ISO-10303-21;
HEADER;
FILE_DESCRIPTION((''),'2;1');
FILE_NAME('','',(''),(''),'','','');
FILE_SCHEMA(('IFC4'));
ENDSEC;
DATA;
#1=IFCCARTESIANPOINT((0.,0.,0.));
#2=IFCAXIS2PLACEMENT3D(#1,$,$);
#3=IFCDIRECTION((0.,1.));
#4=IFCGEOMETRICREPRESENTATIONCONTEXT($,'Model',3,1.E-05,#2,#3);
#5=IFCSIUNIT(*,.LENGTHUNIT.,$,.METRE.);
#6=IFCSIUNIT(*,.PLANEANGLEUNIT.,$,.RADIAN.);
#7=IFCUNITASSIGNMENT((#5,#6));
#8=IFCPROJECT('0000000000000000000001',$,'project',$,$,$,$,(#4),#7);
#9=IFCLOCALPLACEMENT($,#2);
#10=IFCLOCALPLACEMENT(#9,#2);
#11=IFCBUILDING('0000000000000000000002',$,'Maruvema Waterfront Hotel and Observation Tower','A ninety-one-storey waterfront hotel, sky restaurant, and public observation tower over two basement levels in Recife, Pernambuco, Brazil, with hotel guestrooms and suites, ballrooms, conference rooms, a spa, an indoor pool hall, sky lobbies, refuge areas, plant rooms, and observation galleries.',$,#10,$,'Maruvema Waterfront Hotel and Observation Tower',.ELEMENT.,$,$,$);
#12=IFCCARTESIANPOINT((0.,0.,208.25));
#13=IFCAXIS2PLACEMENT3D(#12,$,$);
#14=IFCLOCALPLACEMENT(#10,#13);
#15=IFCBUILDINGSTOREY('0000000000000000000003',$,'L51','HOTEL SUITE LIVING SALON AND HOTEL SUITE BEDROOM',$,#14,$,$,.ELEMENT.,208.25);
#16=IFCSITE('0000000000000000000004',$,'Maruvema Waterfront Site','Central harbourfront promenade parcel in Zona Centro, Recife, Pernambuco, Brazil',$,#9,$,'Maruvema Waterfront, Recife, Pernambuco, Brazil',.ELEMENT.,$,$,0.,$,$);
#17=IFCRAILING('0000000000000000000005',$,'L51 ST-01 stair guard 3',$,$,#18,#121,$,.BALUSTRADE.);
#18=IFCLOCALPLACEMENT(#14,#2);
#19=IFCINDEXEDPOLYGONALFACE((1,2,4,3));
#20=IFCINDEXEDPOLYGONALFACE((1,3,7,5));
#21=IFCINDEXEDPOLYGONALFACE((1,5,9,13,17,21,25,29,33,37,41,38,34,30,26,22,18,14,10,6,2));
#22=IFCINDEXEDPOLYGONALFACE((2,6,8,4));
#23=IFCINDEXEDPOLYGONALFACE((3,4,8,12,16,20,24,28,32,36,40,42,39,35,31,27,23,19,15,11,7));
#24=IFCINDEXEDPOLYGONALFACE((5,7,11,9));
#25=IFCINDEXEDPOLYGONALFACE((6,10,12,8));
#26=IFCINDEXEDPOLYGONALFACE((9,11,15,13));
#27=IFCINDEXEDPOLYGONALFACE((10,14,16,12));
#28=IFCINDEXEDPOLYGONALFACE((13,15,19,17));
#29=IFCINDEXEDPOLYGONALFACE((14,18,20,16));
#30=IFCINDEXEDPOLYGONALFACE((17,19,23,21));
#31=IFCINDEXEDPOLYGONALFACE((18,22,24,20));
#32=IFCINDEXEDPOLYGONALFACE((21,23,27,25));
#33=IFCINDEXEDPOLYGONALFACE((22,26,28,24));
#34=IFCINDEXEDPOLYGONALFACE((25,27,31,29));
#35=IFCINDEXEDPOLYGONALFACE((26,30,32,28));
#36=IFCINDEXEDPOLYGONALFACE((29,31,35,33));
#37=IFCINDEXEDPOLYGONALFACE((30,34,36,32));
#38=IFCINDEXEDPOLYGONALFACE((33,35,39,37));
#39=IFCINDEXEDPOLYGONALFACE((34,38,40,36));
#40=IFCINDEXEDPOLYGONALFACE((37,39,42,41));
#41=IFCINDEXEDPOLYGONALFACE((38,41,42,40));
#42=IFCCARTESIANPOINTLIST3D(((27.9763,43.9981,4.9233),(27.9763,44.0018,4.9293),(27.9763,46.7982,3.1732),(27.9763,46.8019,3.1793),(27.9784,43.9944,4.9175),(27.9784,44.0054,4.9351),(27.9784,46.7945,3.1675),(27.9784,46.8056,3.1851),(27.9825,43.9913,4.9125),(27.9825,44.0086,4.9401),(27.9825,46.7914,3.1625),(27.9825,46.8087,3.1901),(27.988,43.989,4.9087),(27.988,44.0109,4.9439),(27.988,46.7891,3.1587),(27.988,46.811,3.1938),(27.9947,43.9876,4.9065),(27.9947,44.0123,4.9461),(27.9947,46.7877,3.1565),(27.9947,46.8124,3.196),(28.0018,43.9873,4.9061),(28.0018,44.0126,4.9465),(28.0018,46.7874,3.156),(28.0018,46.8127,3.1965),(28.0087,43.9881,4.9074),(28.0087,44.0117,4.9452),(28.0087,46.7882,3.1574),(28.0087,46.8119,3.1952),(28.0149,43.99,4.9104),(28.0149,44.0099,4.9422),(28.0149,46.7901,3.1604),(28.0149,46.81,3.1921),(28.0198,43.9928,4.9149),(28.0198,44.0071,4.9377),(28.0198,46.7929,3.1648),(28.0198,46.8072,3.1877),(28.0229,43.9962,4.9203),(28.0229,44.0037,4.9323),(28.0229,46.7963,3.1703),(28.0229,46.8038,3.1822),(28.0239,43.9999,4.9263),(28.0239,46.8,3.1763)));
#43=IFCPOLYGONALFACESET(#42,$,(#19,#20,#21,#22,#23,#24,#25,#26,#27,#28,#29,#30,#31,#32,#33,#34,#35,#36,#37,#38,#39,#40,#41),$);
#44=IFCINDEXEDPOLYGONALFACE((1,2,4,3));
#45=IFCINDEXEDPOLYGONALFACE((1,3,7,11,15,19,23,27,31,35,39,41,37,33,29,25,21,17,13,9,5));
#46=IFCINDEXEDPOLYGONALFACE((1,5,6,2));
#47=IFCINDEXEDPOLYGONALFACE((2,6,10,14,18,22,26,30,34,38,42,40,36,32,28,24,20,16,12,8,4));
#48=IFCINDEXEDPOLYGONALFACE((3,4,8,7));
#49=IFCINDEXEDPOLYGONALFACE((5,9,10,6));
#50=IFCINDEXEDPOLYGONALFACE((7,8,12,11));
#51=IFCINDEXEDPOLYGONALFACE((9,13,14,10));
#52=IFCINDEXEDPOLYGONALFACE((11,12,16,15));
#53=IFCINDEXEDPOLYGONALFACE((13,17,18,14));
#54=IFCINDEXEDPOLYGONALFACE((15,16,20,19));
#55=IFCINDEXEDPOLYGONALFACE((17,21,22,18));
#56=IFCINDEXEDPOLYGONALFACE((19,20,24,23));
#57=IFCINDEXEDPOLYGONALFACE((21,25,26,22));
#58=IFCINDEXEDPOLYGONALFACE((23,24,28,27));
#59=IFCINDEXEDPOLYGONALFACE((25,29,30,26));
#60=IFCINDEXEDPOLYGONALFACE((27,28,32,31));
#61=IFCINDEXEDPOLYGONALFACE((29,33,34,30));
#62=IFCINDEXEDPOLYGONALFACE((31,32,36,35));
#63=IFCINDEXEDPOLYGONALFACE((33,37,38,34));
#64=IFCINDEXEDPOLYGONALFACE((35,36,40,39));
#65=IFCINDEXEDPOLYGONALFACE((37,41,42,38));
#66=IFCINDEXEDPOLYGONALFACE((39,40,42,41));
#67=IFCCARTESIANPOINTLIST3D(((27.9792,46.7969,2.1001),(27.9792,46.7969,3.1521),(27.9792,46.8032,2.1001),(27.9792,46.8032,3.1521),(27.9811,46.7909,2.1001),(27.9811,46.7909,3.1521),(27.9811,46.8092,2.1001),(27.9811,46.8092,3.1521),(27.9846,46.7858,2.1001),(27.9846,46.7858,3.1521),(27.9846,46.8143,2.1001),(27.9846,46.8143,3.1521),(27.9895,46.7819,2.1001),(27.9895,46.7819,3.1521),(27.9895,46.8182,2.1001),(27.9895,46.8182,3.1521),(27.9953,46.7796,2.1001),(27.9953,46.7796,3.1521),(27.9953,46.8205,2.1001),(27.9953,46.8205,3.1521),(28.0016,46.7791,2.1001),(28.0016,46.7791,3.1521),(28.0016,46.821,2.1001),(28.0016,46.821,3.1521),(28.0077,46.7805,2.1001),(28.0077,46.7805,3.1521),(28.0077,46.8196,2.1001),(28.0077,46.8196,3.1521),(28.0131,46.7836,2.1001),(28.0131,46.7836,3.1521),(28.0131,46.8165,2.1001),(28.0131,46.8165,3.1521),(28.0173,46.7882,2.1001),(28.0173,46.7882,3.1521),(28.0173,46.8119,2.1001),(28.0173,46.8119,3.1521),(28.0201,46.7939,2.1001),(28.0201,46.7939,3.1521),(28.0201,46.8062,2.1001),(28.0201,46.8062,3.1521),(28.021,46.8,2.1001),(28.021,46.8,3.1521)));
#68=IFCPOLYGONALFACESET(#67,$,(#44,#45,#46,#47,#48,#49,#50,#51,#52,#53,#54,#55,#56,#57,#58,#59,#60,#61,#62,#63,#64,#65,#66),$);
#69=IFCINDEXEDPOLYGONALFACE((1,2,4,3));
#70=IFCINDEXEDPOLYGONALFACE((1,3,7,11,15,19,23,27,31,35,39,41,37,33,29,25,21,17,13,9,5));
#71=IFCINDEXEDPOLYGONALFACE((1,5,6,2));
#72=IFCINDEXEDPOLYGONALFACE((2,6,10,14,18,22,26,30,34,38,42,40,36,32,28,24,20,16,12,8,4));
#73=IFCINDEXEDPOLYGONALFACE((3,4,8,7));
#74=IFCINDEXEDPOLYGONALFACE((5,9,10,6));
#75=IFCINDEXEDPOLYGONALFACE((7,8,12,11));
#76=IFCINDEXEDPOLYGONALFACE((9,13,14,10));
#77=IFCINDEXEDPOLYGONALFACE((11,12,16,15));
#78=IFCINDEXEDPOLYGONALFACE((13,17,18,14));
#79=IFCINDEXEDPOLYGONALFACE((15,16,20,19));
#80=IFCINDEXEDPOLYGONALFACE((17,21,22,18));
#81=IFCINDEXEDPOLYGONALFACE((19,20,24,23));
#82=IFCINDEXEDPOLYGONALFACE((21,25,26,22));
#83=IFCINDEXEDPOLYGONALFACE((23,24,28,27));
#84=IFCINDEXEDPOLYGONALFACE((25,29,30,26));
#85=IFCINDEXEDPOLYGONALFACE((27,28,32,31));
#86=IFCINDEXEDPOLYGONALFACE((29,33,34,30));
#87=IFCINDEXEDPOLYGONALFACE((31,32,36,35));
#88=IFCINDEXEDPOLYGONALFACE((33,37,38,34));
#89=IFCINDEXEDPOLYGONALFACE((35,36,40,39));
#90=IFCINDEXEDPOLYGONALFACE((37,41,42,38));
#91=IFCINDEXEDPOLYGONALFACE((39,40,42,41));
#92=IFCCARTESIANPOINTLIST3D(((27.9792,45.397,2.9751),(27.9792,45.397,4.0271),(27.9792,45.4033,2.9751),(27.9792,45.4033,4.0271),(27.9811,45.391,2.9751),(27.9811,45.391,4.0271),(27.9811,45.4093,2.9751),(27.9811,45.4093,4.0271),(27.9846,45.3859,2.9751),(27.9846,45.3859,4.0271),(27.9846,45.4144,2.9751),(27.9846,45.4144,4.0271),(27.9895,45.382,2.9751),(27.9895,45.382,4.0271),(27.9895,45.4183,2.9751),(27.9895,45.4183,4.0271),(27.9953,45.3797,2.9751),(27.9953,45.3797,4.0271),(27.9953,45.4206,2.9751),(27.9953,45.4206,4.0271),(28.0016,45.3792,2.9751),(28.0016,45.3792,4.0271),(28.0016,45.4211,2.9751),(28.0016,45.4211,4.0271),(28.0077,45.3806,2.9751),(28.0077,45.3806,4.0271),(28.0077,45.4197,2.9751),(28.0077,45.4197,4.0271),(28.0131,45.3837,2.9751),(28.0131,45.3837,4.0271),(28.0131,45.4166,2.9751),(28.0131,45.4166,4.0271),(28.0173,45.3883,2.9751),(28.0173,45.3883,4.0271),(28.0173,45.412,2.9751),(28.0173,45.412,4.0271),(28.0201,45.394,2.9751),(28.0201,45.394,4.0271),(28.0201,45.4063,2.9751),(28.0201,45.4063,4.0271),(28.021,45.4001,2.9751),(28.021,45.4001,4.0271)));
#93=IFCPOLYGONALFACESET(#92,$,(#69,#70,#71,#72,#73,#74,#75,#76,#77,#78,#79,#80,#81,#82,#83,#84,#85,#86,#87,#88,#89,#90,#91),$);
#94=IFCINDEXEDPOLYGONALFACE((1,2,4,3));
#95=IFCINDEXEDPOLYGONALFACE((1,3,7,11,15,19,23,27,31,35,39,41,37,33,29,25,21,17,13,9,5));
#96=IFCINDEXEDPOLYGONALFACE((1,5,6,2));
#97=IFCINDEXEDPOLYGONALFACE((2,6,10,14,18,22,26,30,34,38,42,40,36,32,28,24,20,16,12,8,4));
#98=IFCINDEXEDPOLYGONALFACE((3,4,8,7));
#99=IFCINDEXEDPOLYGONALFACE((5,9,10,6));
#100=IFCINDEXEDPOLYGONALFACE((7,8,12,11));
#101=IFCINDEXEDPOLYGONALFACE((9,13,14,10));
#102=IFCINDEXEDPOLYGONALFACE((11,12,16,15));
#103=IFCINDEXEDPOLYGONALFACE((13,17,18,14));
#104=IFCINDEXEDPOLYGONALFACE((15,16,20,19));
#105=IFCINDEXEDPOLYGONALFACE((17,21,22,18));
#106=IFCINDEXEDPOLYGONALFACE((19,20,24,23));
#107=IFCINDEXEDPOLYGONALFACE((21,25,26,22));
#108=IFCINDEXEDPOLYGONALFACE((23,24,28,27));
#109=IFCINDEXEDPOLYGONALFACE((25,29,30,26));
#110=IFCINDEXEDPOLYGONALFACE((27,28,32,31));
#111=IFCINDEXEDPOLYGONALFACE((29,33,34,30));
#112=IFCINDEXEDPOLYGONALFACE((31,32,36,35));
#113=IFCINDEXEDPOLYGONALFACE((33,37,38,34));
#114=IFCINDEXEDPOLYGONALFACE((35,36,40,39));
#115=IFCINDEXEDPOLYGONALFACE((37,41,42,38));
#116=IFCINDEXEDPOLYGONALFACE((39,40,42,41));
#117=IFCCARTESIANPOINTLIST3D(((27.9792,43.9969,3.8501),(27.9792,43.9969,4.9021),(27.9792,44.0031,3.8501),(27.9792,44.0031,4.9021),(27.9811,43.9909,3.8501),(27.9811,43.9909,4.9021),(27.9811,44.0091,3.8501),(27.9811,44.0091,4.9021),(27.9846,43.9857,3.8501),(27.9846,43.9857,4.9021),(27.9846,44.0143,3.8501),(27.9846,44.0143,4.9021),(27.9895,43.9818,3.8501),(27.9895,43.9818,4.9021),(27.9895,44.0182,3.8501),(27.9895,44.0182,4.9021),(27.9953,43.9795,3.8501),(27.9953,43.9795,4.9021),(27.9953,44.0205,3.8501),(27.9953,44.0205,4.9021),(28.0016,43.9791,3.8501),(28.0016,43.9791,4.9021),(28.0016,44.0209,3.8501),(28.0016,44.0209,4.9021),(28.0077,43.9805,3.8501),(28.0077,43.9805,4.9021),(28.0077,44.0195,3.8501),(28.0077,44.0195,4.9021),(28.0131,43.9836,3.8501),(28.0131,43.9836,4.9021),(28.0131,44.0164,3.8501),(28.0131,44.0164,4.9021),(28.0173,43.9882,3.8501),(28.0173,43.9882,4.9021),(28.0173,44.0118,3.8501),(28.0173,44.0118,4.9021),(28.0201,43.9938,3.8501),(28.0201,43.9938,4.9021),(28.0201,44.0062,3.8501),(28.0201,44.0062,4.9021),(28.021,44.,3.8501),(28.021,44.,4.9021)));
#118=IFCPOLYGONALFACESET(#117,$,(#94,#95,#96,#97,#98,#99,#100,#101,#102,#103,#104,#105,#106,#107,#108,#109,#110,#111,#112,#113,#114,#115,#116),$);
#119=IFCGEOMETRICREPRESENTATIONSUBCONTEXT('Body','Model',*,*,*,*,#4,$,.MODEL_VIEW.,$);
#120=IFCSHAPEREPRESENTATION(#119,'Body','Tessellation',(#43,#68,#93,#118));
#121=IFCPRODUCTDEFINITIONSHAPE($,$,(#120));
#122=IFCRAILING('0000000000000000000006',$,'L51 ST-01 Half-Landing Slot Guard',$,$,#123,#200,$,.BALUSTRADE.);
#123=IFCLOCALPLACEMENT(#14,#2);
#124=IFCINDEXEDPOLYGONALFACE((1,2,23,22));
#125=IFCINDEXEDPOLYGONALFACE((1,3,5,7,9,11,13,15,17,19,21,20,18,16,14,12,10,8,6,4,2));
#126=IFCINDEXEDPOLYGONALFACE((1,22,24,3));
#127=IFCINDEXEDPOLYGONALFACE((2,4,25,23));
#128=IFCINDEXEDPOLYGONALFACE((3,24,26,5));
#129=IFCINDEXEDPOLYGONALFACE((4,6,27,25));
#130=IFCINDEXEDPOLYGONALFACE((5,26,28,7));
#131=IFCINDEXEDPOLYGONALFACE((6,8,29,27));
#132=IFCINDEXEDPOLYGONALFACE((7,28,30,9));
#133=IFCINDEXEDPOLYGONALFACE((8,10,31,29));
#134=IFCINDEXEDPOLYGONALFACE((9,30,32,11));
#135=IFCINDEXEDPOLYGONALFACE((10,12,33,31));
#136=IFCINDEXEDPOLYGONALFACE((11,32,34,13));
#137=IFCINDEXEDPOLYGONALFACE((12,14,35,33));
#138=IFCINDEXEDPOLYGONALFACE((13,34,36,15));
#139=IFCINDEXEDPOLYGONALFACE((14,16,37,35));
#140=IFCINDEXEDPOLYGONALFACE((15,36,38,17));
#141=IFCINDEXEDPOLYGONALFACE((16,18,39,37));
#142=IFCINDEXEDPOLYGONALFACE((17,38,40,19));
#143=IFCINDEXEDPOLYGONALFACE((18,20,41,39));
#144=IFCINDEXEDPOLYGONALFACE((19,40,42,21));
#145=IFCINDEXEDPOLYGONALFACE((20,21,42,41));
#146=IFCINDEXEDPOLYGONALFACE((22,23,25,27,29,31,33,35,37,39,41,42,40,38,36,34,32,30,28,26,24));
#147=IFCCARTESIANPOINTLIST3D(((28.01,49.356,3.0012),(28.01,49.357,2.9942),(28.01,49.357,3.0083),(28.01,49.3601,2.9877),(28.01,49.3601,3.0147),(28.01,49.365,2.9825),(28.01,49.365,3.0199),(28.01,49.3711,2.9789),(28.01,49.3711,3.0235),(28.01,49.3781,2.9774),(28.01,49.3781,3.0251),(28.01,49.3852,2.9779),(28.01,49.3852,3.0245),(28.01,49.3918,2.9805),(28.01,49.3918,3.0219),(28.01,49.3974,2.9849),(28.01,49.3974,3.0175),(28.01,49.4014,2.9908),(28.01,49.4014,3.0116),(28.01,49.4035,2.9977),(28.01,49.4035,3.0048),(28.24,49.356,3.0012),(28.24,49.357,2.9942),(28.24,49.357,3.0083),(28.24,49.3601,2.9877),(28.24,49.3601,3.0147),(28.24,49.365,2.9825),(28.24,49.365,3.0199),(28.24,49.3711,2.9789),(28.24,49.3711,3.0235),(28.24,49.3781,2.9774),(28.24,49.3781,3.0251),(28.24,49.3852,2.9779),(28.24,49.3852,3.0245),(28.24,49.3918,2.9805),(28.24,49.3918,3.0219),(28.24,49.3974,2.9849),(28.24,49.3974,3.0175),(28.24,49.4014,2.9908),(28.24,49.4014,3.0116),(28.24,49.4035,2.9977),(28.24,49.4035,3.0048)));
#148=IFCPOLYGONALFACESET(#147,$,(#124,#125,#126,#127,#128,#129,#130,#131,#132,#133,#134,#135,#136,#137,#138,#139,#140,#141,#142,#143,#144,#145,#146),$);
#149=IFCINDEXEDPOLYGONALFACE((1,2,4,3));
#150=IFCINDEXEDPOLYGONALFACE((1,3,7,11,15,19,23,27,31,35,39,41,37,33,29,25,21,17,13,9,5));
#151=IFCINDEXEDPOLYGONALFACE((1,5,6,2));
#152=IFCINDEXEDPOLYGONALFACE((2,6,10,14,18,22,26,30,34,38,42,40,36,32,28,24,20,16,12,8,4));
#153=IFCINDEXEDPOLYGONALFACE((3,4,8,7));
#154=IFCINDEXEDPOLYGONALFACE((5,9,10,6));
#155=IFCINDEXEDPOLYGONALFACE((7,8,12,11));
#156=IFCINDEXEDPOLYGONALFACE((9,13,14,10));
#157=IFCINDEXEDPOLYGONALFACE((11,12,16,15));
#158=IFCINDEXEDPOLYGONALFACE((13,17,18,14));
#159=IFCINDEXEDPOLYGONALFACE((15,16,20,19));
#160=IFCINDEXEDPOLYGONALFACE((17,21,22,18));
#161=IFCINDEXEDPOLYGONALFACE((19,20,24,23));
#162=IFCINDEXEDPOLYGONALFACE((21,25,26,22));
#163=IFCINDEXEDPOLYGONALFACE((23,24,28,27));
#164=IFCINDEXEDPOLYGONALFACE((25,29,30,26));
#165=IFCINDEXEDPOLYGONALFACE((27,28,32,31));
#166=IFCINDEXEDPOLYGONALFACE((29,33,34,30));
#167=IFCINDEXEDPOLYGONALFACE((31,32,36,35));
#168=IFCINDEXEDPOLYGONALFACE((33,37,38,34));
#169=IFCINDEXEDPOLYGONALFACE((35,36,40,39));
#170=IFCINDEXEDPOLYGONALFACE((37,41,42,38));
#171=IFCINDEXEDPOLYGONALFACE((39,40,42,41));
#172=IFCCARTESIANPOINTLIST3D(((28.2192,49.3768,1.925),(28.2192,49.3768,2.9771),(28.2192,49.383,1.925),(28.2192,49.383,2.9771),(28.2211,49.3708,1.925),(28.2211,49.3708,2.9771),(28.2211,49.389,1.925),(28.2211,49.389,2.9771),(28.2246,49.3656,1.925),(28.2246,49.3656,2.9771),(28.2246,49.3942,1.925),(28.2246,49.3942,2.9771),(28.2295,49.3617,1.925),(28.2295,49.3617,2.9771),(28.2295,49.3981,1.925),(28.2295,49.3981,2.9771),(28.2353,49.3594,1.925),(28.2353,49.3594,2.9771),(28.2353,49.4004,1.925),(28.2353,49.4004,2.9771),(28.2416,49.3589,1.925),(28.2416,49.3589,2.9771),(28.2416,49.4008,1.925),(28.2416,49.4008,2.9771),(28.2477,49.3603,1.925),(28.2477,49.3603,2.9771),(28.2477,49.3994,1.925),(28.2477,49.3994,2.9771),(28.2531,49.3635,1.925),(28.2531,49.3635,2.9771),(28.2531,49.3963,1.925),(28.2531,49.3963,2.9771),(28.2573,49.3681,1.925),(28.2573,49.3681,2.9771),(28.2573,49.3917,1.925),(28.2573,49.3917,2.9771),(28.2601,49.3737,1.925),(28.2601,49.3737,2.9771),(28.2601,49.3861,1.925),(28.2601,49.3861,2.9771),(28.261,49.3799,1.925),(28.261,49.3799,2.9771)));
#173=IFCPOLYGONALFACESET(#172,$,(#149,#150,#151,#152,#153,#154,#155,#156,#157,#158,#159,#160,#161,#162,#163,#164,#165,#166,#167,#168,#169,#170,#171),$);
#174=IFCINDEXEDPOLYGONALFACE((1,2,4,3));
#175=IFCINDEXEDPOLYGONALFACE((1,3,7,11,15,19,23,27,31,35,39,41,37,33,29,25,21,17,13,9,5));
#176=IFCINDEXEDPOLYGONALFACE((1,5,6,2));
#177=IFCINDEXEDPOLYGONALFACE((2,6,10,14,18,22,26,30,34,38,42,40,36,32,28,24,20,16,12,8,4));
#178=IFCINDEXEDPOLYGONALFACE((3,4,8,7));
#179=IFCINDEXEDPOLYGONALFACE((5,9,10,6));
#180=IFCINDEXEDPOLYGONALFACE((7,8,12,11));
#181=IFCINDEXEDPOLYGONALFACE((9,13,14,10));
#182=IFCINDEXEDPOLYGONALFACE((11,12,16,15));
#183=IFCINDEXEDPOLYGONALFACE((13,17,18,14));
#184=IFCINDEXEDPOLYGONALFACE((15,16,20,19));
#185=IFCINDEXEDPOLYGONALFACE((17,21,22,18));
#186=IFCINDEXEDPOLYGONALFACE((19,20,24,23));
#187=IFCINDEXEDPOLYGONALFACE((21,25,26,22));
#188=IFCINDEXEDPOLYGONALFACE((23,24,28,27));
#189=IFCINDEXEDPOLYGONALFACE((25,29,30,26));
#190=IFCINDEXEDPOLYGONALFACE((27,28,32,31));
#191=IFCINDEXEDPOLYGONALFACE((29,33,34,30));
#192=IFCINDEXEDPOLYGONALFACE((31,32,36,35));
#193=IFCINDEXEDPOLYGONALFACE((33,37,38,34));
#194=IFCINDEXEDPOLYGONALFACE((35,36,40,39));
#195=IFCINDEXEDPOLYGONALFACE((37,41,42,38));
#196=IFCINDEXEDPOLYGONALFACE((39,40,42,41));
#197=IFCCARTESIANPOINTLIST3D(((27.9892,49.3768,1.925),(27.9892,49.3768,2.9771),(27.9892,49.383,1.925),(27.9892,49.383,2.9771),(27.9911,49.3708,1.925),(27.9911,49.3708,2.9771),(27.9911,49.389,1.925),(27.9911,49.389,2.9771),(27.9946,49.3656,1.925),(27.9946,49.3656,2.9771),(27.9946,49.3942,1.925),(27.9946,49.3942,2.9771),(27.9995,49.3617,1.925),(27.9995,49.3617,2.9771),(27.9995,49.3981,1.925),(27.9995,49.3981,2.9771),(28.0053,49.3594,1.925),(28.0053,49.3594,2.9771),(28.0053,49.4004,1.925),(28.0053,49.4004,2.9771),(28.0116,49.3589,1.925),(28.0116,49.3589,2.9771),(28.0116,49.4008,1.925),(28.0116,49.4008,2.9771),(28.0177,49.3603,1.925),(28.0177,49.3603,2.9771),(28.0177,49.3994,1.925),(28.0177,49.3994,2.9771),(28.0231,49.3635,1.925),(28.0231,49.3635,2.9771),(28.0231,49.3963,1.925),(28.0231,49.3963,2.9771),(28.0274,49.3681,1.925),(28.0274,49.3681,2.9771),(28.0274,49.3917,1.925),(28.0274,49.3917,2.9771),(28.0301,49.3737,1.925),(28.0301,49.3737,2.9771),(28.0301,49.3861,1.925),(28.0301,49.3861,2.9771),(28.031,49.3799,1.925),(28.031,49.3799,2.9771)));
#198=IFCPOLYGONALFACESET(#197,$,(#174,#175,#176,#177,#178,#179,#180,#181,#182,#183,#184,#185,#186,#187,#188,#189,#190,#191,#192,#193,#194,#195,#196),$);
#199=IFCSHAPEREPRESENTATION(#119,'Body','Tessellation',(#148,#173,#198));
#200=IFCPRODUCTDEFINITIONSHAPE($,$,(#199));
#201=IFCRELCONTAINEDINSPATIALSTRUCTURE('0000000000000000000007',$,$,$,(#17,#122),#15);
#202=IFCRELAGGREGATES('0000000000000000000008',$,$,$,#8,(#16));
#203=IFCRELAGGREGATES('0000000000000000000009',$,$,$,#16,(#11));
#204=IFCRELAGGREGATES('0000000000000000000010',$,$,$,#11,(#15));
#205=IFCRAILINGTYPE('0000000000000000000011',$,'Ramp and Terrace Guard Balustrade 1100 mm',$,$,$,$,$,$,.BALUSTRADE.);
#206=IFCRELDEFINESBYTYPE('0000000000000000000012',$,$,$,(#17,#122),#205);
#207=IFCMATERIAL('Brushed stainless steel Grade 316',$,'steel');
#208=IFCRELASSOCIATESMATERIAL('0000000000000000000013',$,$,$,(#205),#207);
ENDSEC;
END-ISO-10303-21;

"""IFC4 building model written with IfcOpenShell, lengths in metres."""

from ifc_helpers import new_model, si_unit, direction, frame, origin, origin_2d, place, context, subcontext, project, spatial, circle, extrude, material, type_object, element, save


model = new_model("IFC4")

# Units and contexts
model_context = context("Model", 3, precision=1e-05, world=origin(), true_north=direction((0.0, 1.0)))
body_context = subcontext(model_context, "Body", "Model", "MODEL_VIEW")
ifc_project = project(units=[si_unit("LENGTHUNIT", "METRE"), si_unit("PLANEANGLEUNIT", "RADIAN")], contexts=[model_context])

# Site, building, storey
site_placement = place(None, origin())
site = spatial("IfcSite", under=ifc_project, at=site_placement, Name="Maruvema Waterfront Site", Description="Central harbourfront promenade parcel in Zona Centro, Recife, Pernambuco, Brazil", LongName="Maruvema Waterfront, Recife, Pernambuco, Brazil", CompositionType="ELEMENT", RefElevation=0.0)
building_placement = place(site_placement, origin())
building = spatial("IfcBuilding", under=site, at=building_placement, Name="Maruvema Waterfront Hotel and Observation Tower", Description="A ninety-one-storey waterfront hotel, sky restaurant, and public observation tower over two basement levels in Recife, Pernambuco, Brazil, with hotel guestrooms and suites, ballrooms, conference rooms, a spa, an indoor pool hall, sky lobbies, refuge areas, plant rooms, and observation galleries.", LongName="Maruvema Waterfront Hotel and Observation Tower", CompositionType="ELEMENT")
storey_placement = place(building_placement, frame((0.0, 0.0, 208.25)))
storey = spatial("IfcBuildingStorey", under=building, at=storey_placement, Name="L51", Description="HOTEL SUITE LIVING SALON AND HOTEL SUITE BEDROOM", CompositionType="ELEMENT", Elevation=208.25)

# Railings
ifc_material_1 = material(Name="Brushed stainless steel Grade 316", Category="steel")
railing_type_1 = type_object("IfcRailingType", Name="Ramp and Terrace Guard Balustrade 1100 mm", PredefinedType="BALUSTRADE", material=ifc_material_1)
railing_1_placement = place(storey_placement, frame((28.0, 46.8, 2.1001)))
element("IfcRailing", 1, at=railing_1_placement, inside=storey, type_object=railing_type_1, Name="L51 ST-01 stair guard 3", PredefinedType="BALUSTRADE", context=body_context, shape_type="SweptSolid", body=[
    extrude(circle(Radius=0.0239, at=origin_2d()), frame((0.0, 0.0, 1.0762), z_axis=(0.0, -0.848002, 0.529992), x_axis=(1.0, 0.0, 0.0)), (0.0, 0.0, 1.0), 3.302),
    extrude(circle(Radius=0.021, at=origin_2d()), origin(), (0.0, 0.0, 1.0), 1.052),
    extrude(circle(Radius=0.021, at=origin_2d()), frame((0.0, -1.3999, 0.875)), (0.0, 0.0, 1.0), 1.052),
    extrude(circle(Radius=0.021, at=origin_2d()), frame((0.0, -2.8, 1.75)), (0.0, 0.0, 1.0), 1.052),
])
railing_2_placement = place(storey_placement, frame((28.24, 49.3799, 1.925)))
element("IfcRailing", 2, at=railing_2_placement, inside=storey, type_object=railing_type_1, Name="L51 ST-01 Half-Landing Slot Guard", PredefinedType="BALUSTRADE", context=body_context, shape_type="SweptSolid", body=[
    extrude(circle(Radius=0.0239, at=origin_2d()), frame((0.0, 0.0, 1.0762), z_axis=(-1.0, 0.0, 0.0), x_axis=(0.0, -1.0, 0.0)), (0.0, 0.0, 1.0), 0.23),
    extrude(circle(Radius=0.021, at=origin_2d()), origin(), (0.0, 0.0, 1.0), 1.052),
    extrude(circle(Radius=0.021, at=origin_2d()), frame((-0.23, 0.0, 0.0)), (0.0, 0.0, 1.0), 1.052),
])

save(model, "model.ifc")
